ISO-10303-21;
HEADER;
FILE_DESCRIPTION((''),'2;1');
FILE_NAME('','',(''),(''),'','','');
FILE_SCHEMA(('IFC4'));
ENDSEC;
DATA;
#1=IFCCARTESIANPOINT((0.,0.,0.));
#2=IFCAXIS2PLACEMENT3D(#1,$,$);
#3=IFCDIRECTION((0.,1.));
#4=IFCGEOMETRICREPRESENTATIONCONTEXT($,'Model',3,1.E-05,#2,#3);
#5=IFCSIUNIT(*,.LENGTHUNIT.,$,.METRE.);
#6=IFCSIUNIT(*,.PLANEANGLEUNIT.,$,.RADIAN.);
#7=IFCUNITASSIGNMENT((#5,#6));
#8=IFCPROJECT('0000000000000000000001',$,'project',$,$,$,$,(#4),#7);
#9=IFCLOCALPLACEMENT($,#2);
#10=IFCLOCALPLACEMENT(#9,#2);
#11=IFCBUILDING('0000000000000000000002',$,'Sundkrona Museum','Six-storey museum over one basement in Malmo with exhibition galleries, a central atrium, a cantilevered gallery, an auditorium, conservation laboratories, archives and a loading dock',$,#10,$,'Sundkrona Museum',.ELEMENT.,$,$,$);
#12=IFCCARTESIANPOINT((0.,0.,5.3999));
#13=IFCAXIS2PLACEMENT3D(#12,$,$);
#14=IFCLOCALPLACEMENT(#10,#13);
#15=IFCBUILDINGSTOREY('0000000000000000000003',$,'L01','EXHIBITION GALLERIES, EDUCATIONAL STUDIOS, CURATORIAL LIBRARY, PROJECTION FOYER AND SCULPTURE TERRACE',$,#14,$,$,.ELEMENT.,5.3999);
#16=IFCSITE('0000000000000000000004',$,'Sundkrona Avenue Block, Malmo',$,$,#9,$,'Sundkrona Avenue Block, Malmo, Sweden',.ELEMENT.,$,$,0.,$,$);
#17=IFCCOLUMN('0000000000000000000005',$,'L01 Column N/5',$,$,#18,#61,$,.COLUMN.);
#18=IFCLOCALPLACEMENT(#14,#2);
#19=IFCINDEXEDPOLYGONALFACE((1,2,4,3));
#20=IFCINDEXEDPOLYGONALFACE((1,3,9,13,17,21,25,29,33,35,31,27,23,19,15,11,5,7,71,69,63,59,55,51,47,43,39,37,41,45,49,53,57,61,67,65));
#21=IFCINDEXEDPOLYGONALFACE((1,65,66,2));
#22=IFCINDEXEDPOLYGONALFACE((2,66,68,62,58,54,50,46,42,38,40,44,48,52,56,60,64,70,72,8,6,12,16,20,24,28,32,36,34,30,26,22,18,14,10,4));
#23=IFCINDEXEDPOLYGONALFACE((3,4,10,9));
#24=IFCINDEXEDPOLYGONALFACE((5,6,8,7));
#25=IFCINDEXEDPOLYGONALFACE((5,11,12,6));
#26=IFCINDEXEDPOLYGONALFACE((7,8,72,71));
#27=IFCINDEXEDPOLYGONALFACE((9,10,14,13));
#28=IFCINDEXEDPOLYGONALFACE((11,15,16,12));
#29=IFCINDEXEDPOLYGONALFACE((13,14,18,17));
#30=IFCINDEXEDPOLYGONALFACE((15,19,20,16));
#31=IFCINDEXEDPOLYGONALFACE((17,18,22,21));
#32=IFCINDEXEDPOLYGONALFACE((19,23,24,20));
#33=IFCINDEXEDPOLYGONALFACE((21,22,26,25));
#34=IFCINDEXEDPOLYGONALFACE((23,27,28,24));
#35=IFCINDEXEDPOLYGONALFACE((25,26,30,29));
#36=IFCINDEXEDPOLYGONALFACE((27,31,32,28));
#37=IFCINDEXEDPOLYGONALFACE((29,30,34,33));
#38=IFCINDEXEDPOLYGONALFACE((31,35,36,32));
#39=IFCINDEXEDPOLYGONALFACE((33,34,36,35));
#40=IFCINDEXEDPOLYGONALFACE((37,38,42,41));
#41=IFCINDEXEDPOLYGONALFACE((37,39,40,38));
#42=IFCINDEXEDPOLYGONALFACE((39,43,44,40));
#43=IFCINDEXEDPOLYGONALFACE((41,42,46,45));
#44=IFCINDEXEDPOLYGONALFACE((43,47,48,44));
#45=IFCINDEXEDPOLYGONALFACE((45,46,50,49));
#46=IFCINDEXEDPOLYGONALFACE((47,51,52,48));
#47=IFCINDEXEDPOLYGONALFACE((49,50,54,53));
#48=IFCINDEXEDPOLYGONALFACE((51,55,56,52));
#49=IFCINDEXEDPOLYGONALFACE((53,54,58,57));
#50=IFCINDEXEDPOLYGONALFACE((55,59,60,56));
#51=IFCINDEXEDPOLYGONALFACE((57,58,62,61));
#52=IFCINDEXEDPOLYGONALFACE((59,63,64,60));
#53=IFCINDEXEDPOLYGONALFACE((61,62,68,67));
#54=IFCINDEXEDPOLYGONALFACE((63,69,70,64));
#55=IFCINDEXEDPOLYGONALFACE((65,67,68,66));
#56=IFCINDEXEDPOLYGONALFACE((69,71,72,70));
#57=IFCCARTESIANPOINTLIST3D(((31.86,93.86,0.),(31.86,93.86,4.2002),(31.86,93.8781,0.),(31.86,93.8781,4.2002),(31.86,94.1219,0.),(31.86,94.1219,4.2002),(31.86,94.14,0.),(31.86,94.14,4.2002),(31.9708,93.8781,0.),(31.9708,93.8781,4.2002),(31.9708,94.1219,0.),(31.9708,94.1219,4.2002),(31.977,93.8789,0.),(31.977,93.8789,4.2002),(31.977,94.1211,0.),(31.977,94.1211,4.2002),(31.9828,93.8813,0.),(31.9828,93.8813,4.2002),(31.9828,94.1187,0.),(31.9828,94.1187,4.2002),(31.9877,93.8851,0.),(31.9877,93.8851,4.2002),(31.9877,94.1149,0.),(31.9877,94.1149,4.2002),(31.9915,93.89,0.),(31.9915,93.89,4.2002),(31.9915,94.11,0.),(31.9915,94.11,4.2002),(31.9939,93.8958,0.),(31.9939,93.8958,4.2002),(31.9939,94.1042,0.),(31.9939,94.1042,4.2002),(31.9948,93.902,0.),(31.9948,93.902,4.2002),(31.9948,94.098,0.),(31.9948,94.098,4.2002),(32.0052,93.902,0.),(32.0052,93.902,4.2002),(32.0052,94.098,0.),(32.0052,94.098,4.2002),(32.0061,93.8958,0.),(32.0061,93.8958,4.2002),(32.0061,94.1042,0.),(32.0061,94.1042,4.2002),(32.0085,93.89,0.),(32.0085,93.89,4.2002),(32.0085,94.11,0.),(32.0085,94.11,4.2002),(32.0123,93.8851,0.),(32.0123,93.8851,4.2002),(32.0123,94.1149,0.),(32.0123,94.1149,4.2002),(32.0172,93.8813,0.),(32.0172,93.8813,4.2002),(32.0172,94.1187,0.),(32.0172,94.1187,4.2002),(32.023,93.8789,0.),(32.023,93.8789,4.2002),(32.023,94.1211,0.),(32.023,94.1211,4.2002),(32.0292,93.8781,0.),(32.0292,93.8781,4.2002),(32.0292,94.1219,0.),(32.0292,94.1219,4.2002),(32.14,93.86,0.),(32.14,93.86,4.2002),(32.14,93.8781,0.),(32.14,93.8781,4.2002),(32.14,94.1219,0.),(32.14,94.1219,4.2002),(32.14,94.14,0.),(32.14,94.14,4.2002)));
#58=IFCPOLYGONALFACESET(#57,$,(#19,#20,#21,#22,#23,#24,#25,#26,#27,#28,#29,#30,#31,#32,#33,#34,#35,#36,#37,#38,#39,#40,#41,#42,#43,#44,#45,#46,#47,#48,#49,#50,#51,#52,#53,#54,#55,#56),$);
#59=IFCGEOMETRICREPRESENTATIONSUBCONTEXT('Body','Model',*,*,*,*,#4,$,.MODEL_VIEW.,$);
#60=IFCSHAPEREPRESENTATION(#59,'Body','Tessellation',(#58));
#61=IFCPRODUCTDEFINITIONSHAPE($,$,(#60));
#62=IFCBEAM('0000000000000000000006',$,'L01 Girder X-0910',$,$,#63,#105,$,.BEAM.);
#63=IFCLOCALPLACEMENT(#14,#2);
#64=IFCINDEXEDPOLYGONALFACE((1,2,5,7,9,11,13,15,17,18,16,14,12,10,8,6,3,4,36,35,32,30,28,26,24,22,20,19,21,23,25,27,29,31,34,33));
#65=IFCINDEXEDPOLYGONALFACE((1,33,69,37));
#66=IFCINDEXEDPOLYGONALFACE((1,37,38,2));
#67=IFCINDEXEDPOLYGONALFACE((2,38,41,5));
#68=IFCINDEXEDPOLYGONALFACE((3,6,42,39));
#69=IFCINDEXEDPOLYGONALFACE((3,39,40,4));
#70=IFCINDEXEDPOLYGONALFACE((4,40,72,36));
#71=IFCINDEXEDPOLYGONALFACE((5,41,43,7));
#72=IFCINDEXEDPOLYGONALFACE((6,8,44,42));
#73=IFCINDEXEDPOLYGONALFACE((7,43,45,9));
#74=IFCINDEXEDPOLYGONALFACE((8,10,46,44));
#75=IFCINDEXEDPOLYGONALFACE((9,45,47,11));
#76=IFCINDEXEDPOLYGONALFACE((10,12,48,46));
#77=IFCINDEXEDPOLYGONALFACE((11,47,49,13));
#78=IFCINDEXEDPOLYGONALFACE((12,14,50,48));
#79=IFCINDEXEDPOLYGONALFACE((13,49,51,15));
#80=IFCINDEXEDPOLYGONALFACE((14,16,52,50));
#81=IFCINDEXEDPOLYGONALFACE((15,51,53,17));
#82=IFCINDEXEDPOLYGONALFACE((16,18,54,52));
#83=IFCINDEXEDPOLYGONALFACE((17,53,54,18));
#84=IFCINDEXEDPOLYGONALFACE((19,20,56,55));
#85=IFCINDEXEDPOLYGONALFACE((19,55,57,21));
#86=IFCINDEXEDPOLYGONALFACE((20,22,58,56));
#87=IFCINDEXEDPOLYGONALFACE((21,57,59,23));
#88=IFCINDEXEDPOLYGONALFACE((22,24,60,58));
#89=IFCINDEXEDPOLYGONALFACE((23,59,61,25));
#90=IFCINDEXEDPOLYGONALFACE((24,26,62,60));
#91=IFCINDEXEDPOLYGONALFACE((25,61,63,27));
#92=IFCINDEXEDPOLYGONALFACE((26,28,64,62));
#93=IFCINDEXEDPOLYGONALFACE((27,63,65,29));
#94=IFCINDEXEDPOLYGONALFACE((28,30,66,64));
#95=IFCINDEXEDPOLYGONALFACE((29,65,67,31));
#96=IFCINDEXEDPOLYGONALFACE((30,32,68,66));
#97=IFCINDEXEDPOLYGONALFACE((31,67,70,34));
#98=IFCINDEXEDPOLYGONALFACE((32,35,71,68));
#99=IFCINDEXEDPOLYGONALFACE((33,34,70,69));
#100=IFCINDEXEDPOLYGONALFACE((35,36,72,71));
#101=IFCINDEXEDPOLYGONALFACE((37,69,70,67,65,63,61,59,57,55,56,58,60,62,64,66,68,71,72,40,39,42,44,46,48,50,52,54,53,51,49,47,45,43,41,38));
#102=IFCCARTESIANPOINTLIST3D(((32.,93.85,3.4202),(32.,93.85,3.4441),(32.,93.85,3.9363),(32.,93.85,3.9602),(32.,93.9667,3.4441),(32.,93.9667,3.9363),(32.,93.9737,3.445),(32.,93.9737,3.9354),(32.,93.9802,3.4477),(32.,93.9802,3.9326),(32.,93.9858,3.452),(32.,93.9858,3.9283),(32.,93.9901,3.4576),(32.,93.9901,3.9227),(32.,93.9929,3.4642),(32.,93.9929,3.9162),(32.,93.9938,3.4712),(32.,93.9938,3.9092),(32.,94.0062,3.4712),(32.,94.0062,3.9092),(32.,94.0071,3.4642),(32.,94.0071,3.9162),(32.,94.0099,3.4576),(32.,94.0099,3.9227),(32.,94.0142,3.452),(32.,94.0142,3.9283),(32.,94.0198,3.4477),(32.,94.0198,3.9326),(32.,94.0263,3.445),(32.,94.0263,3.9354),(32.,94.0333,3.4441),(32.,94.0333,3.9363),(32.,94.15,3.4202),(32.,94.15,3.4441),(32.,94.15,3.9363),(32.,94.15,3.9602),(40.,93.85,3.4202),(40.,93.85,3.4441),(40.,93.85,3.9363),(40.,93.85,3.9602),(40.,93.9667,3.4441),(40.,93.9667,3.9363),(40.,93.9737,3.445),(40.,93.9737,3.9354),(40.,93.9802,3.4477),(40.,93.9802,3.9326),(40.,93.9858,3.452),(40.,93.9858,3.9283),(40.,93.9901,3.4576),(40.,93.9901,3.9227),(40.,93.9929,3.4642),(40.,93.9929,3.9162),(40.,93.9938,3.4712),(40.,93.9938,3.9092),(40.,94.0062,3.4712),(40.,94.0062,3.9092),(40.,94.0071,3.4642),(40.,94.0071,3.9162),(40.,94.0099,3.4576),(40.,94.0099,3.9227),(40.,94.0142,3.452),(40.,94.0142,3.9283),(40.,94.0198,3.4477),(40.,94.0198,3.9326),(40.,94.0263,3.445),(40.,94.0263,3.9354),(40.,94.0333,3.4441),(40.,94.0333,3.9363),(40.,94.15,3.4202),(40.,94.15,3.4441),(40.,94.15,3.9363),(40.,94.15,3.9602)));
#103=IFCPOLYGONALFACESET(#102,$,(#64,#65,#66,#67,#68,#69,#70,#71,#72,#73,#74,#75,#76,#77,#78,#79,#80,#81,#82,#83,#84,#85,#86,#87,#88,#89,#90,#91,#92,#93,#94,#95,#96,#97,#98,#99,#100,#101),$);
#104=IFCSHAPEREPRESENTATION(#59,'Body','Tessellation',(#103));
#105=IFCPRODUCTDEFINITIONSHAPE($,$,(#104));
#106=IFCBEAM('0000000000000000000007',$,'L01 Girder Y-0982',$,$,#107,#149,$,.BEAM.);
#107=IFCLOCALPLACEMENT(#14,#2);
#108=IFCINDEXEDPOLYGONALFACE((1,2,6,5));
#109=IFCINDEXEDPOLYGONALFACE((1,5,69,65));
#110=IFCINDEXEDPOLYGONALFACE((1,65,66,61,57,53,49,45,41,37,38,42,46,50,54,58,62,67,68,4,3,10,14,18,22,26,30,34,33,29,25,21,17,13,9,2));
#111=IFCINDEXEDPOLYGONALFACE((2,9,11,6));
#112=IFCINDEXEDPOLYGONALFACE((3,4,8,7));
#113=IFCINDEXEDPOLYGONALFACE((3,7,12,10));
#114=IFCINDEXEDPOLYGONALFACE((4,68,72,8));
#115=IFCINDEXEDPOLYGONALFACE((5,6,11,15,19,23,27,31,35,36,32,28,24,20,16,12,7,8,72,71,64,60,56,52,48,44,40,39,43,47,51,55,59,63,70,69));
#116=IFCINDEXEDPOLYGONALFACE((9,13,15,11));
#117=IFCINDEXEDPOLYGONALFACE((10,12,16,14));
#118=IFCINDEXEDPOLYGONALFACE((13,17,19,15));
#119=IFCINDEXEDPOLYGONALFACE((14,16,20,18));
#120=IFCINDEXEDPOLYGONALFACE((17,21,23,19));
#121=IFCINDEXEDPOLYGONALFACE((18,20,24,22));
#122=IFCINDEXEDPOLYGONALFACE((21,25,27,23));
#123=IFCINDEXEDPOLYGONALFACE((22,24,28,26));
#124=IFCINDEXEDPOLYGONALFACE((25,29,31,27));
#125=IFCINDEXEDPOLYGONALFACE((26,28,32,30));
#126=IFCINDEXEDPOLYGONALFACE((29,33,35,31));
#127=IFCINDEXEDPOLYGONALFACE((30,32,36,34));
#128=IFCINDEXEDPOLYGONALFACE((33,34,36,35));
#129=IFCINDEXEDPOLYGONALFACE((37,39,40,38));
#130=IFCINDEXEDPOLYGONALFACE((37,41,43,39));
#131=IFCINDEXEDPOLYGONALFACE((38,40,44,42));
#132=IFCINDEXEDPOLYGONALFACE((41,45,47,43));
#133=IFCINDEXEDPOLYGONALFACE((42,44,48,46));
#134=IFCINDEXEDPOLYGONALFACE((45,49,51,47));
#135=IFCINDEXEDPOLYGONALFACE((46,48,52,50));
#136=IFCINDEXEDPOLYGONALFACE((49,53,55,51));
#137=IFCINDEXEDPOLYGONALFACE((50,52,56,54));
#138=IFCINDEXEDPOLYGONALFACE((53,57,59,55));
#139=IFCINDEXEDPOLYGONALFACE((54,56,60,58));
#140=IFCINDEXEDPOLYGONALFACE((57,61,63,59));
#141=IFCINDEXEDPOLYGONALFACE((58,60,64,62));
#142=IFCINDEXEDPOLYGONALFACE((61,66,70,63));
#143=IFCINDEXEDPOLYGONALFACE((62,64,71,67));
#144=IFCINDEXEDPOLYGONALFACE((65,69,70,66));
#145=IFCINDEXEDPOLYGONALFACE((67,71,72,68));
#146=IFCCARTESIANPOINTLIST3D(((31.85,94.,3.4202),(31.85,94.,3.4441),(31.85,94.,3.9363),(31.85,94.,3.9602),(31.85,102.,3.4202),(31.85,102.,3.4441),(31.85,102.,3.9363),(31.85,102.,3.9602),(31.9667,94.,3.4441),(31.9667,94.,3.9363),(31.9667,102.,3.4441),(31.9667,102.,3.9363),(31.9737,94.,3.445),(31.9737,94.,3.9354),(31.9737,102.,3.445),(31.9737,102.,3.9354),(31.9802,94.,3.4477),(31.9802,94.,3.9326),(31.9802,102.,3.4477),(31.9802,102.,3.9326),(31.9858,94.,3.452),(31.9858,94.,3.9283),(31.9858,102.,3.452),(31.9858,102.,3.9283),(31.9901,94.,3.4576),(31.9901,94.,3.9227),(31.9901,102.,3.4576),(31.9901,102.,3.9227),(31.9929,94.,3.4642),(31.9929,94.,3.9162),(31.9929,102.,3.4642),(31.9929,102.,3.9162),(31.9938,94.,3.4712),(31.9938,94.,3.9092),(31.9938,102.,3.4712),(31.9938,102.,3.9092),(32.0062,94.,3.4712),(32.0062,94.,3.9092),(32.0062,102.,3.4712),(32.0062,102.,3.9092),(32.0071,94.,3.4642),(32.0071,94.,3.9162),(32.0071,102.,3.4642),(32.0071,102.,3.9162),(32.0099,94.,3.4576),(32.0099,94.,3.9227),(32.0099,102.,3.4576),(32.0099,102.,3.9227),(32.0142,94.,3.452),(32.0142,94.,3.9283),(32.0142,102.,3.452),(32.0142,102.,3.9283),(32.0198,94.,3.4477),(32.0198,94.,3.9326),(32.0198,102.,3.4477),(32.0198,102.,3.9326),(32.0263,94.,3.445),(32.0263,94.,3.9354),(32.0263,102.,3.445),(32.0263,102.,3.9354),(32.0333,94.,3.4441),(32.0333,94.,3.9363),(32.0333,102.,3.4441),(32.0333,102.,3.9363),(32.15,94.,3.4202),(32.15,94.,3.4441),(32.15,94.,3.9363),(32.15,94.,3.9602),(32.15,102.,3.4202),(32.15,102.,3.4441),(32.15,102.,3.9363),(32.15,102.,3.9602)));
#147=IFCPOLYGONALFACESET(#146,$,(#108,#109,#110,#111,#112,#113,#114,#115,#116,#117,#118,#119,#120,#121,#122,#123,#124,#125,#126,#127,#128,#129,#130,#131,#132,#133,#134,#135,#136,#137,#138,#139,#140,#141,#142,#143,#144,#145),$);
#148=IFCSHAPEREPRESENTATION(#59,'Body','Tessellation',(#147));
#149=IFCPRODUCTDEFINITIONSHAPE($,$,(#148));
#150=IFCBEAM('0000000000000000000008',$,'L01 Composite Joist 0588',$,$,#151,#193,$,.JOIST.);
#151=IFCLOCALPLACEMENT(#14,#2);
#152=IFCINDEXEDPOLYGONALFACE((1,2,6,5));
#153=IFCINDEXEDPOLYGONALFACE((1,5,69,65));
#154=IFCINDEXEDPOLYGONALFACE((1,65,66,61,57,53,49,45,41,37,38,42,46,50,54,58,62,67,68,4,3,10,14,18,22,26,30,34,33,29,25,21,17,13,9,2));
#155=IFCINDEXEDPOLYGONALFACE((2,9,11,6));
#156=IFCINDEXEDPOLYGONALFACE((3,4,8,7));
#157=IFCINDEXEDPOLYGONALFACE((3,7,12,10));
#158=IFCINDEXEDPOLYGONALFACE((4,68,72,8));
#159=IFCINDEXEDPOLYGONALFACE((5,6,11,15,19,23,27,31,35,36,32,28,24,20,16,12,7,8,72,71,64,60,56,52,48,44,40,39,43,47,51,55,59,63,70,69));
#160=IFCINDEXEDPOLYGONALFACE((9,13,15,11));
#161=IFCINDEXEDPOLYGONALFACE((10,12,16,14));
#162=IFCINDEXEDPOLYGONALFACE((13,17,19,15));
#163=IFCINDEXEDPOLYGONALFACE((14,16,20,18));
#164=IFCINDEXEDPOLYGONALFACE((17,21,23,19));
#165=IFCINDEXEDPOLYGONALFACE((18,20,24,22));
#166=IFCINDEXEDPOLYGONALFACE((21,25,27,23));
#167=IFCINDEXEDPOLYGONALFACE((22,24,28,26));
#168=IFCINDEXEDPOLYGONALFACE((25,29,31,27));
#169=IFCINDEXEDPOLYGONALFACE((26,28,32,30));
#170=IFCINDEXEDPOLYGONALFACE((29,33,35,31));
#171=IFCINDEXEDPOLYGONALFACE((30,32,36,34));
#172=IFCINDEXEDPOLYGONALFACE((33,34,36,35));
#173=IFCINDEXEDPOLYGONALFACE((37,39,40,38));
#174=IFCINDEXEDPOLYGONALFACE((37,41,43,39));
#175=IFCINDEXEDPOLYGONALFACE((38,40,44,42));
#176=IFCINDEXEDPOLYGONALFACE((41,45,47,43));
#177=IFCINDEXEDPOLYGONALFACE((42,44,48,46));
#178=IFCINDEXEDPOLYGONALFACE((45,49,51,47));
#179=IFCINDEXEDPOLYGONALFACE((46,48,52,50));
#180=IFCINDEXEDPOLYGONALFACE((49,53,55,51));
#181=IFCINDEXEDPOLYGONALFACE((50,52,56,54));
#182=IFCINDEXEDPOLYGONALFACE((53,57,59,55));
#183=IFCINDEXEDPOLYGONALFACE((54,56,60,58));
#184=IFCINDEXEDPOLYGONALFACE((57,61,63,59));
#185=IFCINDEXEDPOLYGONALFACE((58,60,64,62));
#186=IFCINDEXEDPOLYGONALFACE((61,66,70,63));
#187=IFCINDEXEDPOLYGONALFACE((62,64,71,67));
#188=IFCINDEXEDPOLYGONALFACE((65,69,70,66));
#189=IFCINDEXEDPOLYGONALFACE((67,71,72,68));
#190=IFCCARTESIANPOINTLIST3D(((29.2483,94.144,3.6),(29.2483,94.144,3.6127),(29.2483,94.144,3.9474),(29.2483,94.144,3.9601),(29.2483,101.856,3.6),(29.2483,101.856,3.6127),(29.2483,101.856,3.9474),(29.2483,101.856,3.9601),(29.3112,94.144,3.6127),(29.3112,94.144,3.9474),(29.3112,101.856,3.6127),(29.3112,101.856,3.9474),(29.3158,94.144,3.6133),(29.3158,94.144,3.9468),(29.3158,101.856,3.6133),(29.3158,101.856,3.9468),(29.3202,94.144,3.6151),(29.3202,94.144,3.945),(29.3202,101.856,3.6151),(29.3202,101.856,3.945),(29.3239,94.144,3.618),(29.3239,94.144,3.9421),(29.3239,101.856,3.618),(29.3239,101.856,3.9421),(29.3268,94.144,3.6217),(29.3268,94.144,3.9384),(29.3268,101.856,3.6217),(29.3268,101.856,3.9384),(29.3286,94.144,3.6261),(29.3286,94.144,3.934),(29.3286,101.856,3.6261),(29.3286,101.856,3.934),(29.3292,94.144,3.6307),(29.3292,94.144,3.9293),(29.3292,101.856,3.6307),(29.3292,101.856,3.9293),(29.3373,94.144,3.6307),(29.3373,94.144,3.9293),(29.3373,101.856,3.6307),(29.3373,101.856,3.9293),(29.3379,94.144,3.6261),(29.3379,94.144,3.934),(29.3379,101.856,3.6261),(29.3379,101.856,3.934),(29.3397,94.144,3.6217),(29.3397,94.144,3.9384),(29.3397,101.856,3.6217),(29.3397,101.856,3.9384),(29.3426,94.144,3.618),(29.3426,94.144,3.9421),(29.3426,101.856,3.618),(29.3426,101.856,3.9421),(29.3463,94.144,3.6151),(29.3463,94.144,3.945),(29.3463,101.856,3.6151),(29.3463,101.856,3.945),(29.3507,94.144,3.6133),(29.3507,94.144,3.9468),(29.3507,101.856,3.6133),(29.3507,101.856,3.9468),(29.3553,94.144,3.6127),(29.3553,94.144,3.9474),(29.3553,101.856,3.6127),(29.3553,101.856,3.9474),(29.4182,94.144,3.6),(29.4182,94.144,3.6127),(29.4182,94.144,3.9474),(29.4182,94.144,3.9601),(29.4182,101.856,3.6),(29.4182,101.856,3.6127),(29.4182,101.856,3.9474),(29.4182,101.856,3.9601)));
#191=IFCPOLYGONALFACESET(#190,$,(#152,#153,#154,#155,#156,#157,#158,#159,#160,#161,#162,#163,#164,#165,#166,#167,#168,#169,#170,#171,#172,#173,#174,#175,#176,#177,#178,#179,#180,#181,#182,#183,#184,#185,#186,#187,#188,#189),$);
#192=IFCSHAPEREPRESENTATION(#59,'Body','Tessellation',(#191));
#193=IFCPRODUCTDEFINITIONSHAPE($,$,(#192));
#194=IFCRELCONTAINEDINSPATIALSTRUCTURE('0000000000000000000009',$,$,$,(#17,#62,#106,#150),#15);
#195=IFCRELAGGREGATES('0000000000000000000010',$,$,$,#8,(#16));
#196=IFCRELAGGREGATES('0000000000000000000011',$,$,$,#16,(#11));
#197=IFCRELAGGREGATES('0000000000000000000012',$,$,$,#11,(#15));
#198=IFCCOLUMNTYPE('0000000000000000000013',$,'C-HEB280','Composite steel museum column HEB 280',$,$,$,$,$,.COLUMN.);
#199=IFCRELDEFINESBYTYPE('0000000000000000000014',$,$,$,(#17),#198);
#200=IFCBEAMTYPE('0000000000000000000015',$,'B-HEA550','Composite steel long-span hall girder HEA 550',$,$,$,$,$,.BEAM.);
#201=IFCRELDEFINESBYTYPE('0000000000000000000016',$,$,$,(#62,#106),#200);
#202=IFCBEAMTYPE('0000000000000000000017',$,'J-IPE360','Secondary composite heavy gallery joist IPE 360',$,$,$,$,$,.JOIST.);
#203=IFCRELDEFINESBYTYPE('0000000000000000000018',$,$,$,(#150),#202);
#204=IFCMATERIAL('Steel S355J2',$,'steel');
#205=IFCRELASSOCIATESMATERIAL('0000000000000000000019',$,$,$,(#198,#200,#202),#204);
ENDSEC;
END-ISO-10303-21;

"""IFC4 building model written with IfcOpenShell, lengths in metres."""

from ifc_helpers import new_model, si_unit, direction, frame, origin, origin_2d, place, context, subcontext, project, spatial, i_section, extrude, material, material_profile, profile_set, type_object, element, save


model = new_model("IFC4")

# Units and contexts
model_context = context("Model", 3, precision=1e-05, world=origin(), true_north=direction((0.0, 1.0)))
body_context = subcontext(model_context, "Body", "Model", "MODEL_VIEW")
ifc_project = project(units=[si_unit("LENGTHUNIT", "METRE"), si_unit("PLANEANGLEUNIT", "RADIAN")], contexts=[model_context])

# Site, building, storey
site_placement = place(None, origin())
site = spatial("IfcSite", under=ifc_project, at=site_placement, Name="Sundkrona Avenue Block, Malmo", LongName="Sundkrona Avenue Block, Malmo, Sweden", CompositionType="ELEMENT", RefElevation=0.0)
building_placement = place(site_placement, origin())
building = spatial("IfcBuilding", under=site, at=building_placement, Name="Sundkrona Museum", Description="Six-storey museum over one basement in Malmo with exhibition galleries, a central atrium, a cantilevered gallery, an auditorium, conservation laboratories, archives and a loading dock", LongName="Sundkrona Museum", CompositionType="ELEMENT")
storey_placement = place(building_placement, frame((0.0, 0.0, 5.3999)))
storey = spatial("IfcBuildingStorey", under=building, at=storey_placement, Name="L01", Description="EXHIBITION GALLERIES, EDUCATIONAL STUDIOS, CURATORIAL LIBRARY, PROJECTION FOYER AND SCULPTURE TERRACE", CompositionType="ELEMENT", Elevation=5.3999)

# Column
ifc_material_1 = material(Name="Steel S355J2", Category="steel")
ifc_material_profile_1 = material_profile(ifc_material_1, i_section(OverallWidth=0.28, OverallDepth=0.28, WebThickness=0.0105, FlangeThickness=0.0181, FilletRadius=0.0239, at=origin_2d()), Name="HEB 280")
ifc_profile_set_1 = profile_set([ifc_material_profile_1], Name="Steel S355J2")
column_type = type_object("IfcColumnType", Name="C-HEB280", Description="Composite steel museum column HEB 280", PredefinedType="COLUMN", material=ifc_profile_set_1)
column_placement = place(storey_placement, frame((32.0, 94.0, 0.0), z_axis=(0.0, 0.0, 1.0), x_axis=(1.0, 0.0, 0.0)))
element("IfcColumn", 1, at=column_placement, inside=storey, type_object=column_type, Name="L01 Column N/5", PredefinedType="COLUMN", context=body_context, shape_type="SweptSolid", body=[
    extrude(i_section(OverallWidth=0.28, OverallDepth=0.28, WebThickness=0.0105, FlangeThickness=0.0181, FilletRadius=0.0239, at=origin_2d()), origin(), (0.0, 0.0, 1.0), 4.2002),
])

# Beams
ifc_material_profile_2 = material_profile(ifc_material_1, i_section(OverallWidth=0.3, OverallDepth=0.54, WebThickness=0.0125, FlangeThickness=0.0239, FilletRadius=0.0271, at=origin_2d()), Name="HEA 550")
ifc_profile_set_2 = profile_set([ifc_material_profile_2], Name="Steel S355J2")
beam_type_1 = type_object("IfcBeamType", Name="B-HEA550", Description="Composite steel long-span hall girder HEA 550", PredefinedType="BEAM", material=ifc_profile_set_2)
for number, where, z_axis, x_axis, name in (
    (2, (32.0, 94.0, 3.6902), (1.0, 0.0, 0.0), (0.0, 1.0, 0.0), "L01 Girder X-0910"),
    (3, (32.0, 94.0, 3.6902), (0.0, 1.0, 0.0), (-1.0, 0.0, 0.0), "L01 Girder Y-0982"),
):
    element("IfcBeam", number, at=place(storey_placement, frame(where, z_axis=z_axis, x_axis=x_axis)), inside=storey, type_object=beam_type_1, Name=name, PredefinedType="BEAM", context=body_context, shape_type="SweptSolid", body=[
        extrude(i_section(OverallWidth=0.3, OverallDepth=0.54, WebThickness=0.0125, FlangeThickness=0.0239, FilletRadius=0.0271, at=origin_2d()), origin(), (0.0, 0.0, 1.0), 8.0),
    ])
ifc_material_profile_3 = material_profile(ifc_material_1, i_section(OverallWidth=0.1699, OverallDepth=0.3601, WebThickness=0.0081, FlangeThickness=0.0127, FilletRadius=0.0181, at=origin_2d()), Name="IPE 360")
ifc_profile_set_3 = profile_set([ifc_material_profile_3], Name="Steel S355J2")
beam_type_2 = type_object("IfcBeamType", Name="J-IPE360", Description="Secondary composite heavy gallery joist IPE 360", PredefinedType="JOIST", material=ifc_profile_set_3)
for number, where, z_axis, x_axis, name in (
    (4, (29.3333, 94.144, 3.78), (0.0, 1.0, 0.0), (-1.0, 0.0, 0.0), "L01 Composite Joist 0588"),
):
    element("IfcBeam", number, at=place(storey_placement, frame(where, z_axis=z_axis, x_axis=x_axis)), inside=storey, type_object=beam_type_2, Name=name, PredefinedType="JOIST", context=body_context, shape_type="SweptSolid", body=[
        extrude(i_section(OverallWidth=0.1699, OverallDepth=0.3601, WebThickness=0.0081, FlangeThickness=0.0127, FilletRadius=0.0181, at=origin_2d()), origin(), (0.0, 0.0, 1.0), 7.7119),
    ])

save(model, "model.ifc")
